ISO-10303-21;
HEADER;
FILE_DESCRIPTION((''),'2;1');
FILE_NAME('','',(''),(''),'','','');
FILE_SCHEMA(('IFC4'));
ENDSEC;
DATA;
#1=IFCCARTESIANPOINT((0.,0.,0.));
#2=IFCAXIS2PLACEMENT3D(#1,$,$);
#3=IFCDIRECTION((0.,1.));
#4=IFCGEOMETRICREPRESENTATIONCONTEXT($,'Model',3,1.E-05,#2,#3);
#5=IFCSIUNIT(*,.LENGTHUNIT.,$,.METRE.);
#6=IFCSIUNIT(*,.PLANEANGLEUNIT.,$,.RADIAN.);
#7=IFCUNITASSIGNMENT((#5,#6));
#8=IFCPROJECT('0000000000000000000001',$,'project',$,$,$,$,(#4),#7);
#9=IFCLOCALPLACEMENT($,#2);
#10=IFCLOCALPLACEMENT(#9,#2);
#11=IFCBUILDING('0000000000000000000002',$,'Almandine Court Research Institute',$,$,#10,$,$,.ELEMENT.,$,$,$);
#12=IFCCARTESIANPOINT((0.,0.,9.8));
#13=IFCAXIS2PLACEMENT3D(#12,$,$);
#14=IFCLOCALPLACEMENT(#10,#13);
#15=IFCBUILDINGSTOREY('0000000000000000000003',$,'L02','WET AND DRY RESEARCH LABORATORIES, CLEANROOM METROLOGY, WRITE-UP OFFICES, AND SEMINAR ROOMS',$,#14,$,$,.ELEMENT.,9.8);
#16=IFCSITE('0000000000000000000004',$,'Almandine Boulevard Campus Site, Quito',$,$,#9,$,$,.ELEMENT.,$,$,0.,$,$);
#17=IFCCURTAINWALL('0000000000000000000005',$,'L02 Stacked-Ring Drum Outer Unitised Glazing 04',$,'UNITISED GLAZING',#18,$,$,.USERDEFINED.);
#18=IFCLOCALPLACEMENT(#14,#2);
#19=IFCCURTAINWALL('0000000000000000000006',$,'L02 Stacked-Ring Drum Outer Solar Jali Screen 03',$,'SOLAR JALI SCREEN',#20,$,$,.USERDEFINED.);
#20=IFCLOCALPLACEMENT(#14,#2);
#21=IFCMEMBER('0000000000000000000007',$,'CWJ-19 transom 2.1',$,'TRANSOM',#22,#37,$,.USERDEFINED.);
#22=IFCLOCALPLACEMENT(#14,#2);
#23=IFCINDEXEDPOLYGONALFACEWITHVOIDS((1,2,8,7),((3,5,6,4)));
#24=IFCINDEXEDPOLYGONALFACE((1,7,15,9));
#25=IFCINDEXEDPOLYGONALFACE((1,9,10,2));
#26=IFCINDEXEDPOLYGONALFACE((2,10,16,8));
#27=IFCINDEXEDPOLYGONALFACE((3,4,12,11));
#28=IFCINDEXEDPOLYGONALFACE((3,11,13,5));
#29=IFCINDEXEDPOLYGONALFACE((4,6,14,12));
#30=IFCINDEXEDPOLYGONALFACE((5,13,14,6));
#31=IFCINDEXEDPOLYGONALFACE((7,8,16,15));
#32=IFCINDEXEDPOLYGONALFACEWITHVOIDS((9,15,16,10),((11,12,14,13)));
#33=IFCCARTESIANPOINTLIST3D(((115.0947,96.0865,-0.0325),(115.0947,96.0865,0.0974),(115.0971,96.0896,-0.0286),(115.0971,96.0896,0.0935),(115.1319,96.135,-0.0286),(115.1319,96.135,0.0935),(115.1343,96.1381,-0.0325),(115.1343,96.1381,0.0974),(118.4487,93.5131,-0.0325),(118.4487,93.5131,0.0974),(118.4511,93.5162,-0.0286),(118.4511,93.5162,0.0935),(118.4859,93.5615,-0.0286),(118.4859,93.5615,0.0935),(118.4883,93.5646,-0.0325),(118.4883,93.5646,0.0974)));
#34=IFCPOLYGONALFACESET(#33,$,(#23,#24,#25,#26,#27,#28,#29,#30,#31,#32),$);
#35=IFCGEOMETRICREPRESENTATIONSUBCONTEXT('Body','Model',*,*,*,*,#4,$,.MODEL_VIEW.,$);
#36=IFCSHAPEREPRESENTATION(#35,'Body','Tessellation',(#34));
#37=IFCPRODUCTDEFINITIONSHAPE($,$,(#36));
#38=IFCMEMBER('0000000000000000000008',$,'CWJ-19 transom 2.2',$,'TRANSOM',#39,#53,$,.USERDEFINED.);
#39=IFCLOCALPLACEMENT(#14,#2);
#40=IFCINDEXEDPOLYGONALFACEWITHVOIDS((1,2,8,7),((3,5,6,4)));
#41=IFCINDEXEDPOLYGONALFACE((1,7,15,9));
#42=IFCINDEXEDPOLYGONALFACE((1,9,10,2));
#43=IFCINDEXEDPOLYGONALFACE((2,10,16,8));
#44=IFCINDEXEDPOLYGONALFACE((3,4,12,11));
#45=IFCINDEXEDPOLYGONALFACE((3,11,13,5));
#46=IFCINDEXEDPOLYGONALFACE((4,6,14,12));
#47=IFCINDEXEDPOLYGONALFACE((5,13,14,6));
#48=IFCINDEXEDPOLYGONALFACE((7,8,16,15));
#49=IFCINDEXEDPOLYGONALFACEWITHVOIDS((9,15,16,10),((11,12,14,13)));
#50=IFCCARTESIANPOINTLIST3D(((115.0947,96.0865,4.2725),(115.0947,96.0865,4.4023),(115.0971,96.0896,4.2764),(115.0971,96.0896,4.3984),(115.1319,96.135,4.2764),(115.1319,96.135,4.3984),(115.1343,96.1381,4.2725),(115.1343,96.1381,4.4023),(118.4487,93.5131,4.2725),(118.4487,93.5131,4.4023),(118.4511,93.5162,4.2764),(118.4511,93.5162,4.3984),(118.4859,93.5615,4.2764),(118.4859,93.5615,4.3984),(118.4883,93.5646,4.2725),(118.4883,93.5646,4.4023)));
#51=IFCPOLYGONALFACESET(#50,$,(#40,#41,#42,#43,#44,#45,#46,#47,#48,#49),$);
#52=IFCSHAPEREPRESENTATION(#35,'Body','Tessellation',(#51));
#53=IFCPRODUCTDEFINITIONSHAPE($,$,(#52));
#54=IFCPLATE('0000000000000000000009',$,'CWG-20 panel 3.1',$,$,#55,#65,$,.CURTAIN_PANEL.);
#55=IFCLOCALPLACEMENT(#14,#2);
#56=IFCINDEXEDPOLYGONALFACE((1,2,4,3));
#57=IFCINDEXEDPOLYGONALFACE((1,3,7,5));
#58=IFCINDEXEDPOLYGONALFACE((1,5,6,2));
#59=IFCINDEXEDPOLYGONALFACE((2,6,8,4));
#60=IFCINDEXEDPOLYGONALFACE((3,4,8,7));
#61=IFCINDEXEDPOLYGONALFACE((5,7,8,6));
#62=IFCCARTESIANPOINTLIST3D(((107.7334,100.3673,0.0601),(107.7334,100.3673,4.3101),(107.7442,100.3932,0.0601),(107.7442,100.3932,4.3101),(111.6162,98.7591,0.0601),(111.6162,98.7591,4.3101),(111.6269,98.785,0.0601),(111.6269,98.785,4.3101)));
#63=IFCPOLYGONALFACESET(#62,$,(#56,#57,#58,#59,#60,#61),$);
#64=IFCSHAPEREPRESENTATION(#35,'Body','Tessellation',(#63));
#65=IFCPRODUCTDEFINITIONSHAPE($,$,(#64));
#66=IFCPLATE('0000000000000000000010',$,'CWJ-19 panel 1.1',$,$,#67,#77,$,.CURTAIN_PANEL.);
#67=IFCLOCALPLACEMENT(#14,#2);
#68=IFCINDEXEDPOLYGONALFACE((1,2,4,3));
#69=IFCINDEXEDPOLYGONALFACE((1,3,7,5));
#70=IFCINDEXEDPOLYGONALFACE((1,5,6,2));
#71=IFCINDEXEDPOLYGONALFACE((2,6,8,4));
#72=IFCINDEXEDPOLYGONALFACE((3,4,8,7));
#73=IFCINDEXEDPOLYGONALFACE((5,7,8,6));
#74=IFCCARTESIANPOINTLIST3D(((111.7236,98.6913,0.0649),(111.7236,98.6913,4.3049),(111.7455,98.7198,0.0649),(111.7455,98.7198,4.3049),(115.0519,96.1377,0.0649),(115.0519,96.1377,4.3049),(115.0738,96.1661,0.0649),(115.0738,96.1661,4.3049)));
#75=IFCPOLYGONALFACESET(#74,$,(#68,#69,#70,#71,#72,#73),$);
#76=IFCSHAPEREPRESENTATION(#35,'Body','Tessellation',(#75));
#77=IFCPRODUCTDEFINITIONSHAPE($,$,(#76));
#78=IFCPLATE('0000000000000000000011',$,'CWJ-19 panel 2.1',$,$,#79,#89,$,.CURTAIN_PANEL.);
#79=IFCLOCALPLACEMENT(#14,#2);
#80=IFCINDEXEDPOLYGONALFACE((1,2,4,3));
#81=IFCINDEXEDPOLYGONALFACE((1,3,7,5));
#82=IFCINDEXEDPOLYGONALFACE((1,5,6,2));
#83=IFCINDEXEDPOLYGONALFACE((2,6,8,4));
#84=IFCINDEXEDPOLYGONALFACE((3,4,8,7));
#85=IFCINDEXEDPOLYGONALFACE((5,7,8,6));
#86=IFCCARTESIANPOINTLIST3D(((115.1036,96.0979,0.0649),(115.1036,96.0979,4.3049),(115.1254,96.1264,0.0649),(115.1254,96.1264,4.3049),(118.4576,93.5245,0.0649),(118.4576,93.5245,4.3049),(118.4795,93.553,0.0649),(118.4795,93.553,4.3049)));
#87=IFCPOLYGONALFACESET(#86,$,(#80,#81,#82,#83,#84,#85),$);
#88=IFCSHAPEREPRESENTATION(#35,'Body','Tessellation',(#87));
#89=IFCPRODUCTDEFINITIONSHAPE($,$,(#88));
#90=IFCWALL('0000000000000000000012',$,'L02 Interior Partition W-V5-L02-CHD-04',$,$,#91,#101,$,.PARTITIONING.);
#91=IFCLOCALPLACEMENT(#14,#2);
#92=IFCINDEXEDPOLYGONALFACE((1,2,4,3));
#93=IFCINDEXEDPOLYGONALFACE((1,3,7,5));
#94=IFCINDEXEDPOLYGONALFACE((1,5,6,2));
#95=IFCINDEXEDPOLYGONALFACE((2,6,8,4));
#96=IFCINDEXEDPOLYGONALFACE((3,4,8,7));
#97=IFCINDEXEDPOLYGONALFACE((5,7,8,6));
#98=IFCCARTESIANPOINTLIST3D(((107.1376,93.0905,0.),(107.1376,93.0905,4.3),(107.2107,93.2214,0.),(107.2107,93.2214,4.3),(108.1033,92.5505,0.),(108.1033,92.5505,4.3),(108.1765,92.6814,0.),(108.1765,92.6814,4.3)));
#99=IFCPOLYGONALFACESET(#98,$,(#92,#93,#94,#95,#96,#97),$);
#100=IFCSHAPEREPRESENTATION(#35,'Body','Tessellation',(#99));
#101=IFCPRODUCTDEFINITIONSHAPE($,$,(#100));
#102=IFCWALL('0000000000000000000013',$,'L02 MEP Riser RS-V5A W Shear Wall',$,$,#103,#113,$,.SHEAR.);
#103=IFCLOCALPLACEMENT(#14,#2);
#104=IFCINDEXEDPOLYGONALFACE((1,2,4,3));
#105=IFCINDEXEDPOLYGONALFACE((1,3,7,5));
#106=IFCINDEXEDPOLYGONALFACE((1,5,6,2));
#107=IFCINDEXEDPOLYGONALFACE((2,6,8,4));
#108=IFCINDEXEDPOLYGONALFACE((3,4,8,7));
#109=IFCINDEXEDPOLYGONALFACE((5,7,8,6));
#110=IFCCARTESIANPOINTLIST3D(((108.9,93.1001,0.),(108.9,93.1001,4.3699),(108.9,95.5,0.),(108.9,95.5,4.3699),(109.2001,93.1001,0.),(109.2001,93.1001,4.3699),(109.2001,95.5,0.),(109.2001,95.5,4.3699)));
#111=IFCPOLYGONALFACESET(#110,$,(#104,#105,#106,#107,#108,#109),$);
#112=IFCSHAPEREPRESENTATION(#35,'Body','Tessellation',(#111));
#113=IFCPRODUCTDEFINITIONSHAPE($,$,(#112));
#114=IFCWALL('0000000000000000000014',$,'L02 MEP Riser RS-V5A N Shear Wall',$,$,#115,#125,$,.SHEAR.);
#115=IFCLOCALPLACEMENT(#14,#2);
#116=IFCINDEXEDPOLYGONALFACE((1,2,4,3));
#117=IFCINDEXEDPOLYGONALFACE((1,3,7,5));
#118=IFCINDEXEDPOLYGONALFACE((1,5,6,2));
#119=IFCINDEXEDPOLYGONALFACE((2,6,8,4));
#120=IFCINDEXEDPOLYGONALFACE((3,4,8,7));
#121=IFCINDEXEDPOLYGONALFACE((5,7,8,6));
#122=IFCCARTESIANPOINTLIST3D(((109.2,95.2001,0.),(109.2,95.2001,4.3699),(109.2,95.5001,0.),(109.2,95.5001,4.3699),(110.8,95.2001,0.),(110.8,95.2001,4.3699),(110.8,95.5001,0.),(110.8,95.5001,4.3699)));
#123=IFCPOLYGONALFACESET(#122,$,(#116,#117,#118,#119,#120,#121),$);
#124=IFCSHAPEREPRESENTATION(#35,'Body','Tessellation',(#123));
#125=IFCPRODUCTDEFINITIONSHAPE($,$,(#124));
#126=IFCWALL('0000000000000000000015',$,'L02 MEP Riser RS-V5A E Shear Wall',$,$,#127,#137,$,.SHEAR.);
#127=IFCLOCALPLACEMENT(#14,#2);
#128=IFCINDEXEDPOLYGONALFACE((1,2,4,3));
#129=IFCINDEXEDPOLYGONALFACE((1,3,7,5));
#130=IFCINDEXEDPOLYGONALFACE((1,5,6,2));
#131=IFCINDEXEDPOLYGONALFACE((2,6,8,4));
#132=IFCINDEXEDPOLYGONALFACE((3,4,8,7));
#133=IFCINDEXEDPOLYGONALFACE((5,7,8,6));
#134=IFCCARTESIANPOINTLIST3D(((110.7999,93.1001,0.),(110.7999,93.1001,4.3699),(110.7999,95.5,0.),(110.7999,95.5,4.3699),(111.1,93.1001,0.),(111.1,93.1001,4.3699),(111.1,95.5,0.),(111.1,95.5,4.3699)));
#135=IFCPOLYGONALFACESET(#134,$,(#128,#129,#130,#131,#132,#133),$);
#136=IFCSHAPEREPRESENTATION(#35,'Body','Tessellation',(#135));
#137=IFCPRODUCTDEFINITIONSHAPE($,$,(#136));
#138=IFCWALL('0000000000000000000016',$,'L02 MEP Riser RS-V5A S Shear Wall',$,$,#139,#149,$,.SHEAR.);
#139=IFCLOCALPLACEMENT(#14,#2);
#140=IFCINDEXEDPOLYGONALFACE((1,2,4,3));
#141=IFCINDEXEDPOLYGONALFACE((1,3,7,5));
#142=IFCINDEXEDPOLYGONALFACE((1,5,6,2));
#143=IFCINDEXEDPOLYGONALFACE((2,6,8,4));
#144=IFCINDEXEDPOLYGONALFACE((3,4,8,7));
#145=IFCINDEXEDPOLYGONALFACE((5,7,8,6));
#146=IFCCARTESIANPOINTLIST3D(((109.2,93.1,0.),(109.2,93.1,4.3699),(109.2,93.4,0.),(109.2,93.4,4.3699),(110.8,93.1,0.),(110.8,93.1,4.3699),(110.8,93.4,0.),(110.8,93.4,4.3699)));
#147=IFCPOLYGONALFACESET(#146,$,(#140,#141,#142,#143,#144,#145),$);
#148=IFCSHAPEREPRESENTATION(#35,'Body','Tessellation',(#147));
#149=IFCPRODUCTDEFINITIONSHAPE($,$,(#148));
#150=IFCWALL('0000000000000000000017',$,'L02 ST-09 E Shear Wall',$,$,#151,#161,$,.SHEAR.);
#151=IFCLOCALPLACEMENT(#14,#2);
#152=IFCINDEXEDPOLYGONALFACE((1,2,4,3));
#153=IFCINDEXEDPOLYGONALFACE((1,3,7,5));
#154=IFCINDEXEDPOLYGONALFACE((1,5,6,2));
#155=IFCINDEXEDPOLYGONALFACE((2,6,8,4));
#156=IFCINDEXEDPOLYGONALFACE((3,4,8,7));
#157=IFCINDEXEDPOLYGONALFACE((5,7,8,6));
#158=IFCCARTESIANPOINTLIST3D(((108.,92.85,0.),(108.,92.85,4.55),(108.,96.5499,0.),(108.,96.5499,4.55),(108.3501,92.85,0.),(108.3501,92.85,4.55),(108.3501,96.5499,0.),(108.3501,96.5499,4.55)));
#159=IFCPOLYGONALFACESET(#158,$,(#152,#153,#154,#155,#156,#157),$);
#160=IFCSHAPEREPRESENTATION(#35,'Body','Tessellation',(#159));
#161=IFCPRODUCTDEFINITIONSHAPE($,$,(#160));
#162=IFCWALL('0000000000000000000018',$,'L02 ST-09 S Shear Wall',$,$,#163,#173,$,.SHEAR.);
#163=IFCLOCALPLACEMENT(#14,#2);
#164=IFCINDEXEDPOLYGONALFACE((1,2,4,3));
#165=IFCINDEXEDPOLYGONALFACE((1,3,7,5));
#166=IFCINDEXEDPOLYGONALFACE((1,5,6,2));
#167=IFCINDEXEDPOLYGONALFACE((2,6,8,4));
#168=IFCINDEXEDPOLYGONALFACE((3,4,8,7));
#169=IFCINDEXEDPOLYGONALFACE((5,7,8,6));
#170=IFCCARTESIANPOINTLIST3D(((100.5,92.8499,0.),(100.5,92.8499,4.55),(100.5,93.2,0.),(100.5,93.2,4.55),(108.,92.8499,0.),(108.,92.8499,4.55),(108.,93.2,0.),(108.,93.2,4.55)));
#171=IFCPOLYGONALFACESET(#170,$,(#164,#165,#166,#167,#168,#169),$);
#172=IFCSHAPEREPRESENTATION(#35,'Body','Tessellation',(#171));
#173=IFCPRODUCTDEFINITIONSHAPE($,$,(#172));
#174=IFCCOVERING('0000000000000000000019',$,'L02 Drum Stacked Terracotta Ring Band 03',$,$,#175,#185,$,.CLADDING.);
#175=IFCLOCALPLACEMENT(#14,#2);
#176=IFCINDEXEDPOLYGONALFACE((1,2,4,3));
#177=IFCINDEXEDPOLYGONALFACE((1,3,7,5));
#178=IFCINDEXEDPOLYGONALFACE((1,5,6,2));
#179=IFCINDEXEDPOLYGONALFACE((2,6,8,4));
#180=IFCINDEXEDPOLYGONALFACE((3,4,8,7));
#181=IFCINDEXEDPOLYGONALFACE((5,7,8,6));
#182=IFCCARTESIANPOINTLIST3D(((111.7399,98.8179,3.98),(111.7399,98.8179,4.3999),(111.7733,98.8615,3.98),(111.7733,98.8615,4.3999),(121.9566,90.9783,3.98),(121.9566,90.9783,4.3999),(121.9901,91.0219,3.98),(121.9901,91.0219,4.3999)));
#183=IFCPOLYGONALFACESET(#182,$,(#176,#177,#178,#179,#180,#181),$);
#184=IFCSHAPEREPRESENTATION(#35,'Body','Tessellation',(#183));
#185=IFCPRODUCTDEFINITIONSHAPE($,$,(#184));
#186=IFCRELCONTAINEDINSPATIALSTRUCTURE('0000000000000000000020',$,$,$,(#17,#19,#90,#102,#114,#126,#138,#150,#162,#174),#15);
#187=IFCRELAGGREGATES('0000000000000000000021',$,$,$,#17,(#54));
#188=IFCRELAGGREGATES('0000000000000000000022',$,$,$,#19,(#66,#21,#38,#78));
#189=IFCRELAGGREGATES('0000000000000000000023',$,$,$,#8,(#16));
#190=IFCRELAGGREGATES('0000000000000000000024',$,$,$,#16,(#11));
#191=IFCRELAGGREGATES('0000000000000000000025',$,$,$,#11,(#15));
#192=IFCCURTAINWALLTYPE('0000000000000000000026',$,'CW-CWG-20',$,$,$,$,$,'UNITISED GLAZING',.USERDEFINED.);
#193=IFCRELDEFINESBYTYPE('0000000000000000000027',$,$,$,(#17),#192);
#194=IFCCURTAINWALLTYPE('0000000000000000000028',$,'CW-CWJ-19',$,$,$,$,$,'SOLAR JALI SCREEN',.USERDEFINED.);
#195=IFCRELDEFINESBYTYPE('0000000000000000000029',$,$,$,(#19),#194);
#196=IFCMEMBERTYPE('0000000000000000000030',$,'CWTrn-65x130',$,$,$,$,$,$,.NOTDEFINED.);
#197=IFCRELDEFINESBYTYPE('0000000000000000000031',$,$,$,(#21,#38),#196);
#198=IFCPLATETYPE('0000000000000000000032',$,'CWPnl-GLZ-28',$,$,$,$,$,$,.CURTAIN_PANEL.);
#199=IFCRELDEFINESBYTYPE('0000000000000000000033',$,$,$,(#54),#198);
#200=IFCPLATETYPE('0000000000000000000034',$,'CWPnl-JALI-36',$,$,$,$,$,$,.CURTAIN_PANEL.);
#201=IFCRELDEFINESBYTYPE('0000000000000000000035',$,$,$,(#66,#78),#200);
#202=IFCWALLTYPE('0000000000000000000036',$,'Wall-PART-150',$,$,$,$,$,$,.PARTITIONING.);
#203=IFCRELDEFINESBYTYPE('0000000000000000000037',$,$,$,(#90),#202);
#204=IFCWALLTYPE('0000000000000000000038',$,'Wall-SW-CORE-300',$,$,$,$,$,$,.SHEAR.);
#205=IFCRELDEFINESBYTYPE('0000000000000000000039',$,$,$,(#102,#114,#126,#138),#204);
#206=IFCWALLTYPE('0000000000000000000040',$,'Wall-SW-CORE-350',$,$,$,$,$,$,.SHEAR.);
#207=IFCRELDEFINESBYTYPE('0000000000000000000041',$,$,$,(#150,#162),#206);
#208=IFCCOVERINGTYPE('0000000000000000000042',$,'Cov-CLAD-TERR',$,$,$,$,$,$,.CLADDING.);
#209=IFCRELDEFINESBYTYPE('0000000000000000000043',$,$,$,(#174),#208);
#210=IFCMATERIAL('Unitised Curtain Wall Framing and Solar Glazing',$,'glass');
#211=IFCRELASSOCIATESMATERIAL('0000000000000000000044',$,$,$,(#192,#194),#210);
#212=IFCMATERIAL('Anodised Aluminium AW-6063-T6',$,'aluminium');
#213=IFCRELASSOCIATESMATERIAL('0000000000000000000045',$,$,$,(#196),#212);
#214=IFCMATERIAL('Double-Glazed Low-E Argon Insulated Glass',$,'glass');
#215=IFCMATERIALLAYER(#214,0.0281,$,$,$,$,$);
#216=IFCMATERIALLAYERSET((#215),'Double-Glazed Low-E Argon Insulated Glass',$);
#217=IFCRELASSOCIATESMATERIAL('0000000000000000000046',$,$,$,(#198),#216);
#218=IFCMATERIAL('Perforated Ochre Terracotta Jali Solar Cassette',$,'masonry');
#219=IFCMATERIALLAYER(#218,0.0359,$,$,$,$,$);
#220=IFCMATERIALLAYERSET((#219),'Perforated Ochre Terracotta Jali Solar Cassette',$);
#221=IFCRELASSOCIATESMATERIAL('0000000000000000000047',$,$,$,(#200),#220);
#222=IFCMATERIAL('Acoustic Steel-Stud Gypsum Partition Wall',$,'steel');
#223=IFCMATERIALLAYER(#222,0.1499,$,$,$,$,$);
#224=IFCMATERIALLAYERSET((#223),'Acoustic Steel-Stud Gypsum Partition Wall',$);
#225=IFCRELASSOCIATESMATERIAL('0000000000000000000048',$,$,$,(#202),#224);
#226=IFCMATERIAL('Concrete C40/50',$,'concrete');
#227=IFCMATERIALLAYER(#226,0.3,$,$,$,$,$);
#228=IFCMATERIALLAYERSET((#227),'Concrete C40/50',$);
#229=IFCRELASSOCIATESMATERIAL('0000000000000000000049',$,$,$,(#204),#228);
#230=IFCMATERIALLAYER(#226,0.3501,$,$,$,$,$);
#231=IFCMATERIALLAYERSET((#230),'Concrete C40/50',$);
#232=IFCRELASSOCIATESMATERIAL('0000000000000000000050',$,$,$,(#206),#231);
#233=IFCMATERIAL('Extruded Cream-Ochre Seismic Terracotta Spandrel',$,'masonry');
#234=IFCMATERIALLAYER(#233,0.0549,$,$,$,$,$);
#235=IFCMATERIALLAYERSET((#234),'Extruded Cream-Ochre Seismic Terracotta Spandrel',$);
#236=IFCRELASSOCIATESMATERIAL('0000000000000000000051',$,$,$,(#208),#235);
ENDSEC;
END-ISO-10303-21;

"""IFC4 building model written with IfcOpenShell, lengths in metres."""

from ifc_helpers import new_model, si_unit, direction, frame, frame_2d, origin, origin_2d, place, context, subcontext, project, spatial, rectangle, hollow_rectangle, extrude, material, layer, layer_set, material_profile, profile_set, type_object, element, aggregate, save


model = new_model("IFC4")

# Units and contexts
model_context = context("Model", 3, precision=1e-05, world=origin(), true_north=direction((0.0, 1.0)))
body_context = subcontext(model_context, "Body", "Model", "MODEL_VIEW")
ifc_project = project(units=[si_unit("LENGTHUNIT", "METRE"), si_unit("PLANEANGLEUNIT", "RADIAN")], contexts=[model_context])

# Site, building, storey
site_placement = place(None, origin())
site = spatial("IfcSite", under=ifc_project, at=site_placement, Name="Almandine Boulevard Campus Site, Quito", CompositionType="ELEMENT", RefElevation=0.0)
building_placement = place(site_placement, origin())
building = spatial("IfcBuilding", under=site, at=building_placement, Name="Almandine Court Research Institute", CompositionType="ELEMENT")
storey_placement = place(building_placement, frame((0.0, 0.0, 9.8)))
storey = spatial("IfcBuildingStorey", under=building, at=storey_placement, Name="L02", Description="WET AND DRY RESEARCH LABORATORIES, CLEANROOM METROLOGY, WRITE-UP OFFICES, AND SEMINAR ROOMS", CompositionType="ELEMENT", Elevation=9.8)

# Curtain wall
ifc_material_1 = material(Name="Unitised Curtain Wall Framing and Solar Glazing", Category="glass")
curtain_wall_type_1 = type_object("IfcCurtainWallType", Name="CW-CWG-20", ElementType="UNITISED GLAZING", PredefinedType="USERDEFINED", material=ifc_material_1)
curtain_wall_1_placement = place(storey_placement, origin())
curtain_wall_1 = element("IfcCurtainWall", 1, at=curtain_wall_1_placement, inside=storey, type_object=curtain_wall_type_1, Name="L02 Stacked-Ring Drum Outer Unitised Glazing 04", ObjectType="UNITISED GLAZING", PredefinedType="USERDEFINED")
ifc_material_2 = material(Name="Anodised Aluminium AW-6063-T6", Category="aluminium")

# Curtain wall
curtain_wall_type_2 = type_object("IfcCurtainWallType", Name="CW-CWJ-19", ElementType="SOLAR JALI SCREEN", PredefinedType="USERDEFINED", material=ifc_material_1)
curtain_wall_2_placement = place(storey_placement, origin())
curtain_wall_2 = element("IfcCurtainWall", 2, at=curtain_wall_2_placement, inside=storey, type_object=curtain_wall_type_2, Name="L02 Stacked-Ring Drum Outer Solar Jali Screen 03", ObjectType="SOLAR JALI SCREEN", PredefinedType="USERDEFINED")

# Members
ifc_material_profile_1 = material_profile(ifc_material_2, hollow_rectangle(XDim=0.0649, YDim=0.1299, WallThickness=0.0039, at=origin_2d()), Name="ALU RHS 65x130x4")
ifc_profile_set_1 = profile_set([ifc_material_profile_1], Name="Anodised Aluminium AW-6063-T6")
member_type_1 = type_object("IfcMemberType", Name="CWTrn-65x130", PredefinedType="NOTDEFINED", material=ifc_profile_set_1)
member_1_placement = place(storey_placement, frame((115.1145, 96.1123, 0.0325), z_axis=(0.793368, -0.608742, 0.0), x_axis=(0.608742, 0.793368, 0.0)))
member_1 = element("IfcMember", 3, at=member_1_placement, type_object=member_type_1, Name="CWJ-19 transom 2.1", ObjectType="TRANSOM", PredefinedType="USERDEFINED", context=body_context, shape_type="SweptSolid", body=[
    extrude(hollow_rectangle(XDim=0.0649, YDim=0.1299, WallThickness=0.0039, at=origin_2d()), origin(), (0.0, 0.0, 1.0), 4.2275),
])
member_2_placement = place(storey_placement, frame((115.1145, 96.1123, 4.3374), z_axis=(0.793368, -0.608742, 0.0), x_axis=(0.608742, 0.793368, 0.0)))
member_2 = element("IfcMember", 4, at=member_2_placement, type_object=member_type_1, Name="CWJ-19 transom 2.2", ObjectType="TRANSOM", PredefinedType="USERDEFINED", context=body_context, shape_type="SweptSolid", body=[
    extrude(hollow_rectangle(XDim=0.0649, YDim=0.1299, WallThickness=0.0039, at=origin_2d()), origin(), (0.0, 0.0, 1.0), 4.2275),
])

# Plates
ifc_material_3 = material(Name="Double-Glazed Low-E Argon Insulated Glass", Category="glass")
ifc_layer_1 = layer(ifc_material_3, 0.0281)
ifc_layer_set_1 = layer_set([ifc_layer_1], Name="Double-Glazed Low-E Argon Insulated Glass")
plate_type_1 = type_object("IfcPlateType", Name="CWPnl-GLZ-28", PredefinedType="CURTAIN_PANEL", material=ifc_layer_set_1)
plate_1_placement = place(storey_placement, frame((109.6802, 99.5762, 0.0601), z_axis=(0.0, 0.0, 1.0), x_axis=(0.923888, -0.382663, 0.0)))
plate_1 = element("IfcPlate", 5, at=plate_1_placement, type_object=plate_type_1, Name="CWG-20 panel 3.1", PredefinedType="CURTAIN_PANEL", context=body_context, shape_type="SweptSolid", body=[
    extrude(rectangle(XDim=4.2026, YDim=0.0281, at=origin_2d()), origin(), (0.0, 0.0, 1.0), 4.25),
])
aggregate(curtain_wall_1, [plate_1])
ifc_material_4 = material(Name="Perforated Ochre Terracotta Jali Solar Cassette", Category="masonry")
ifc_layer_2 = layer(ifc_material_4, 0.0359)
ifc_layer_set_2 = layer_set([ifc_layer_2], Name="Perforated Ochre Terracotta Jali Solar Cassette")
plate_type_2 = type_object("IfcPlateType", Name="CWPnl-JALI-36", PredefinedType="CURTAIN_PANEL", material=ifc_layer_set_2)
plate_2_placement = place(storey_placement, frame((113.3987, 97.4287, 0.0649), z_axis=(0.0, 0.0, 1.0), x_axis=(0.793383, -0.608723, 0.0)))
plate_2 = element("IfcPlate", 6, at=plate_2_placement, type_object=plate_type_2, Name="CWJ-19 panel 1.1", PredefinedType="CURTAIN_PANEL", context=body_context, shape_type="SweptSolid", body=[
    extrude(rectangle(XDim=4.1951, YDim=0.0359, at=origin_2d()), origin(), (0.0, 0.0, 1.0), 4.24),
])
plate_3_placement = place(storey_placement, frame((116.7915, 94.8254, 0.0649), z_axis=(0.0, 0.0, 1.0), x_axis=(0.793383, -0.608723, 0.0)))
plate_3 = element("IfcPlate", 7, at=plate_3_placement, type_object=plate_type_2, Name="CWJ-19 panel 2.1", PredefinedType="CURTAIN_PANEL", context=body_context, shape_type="SweptSolid", body=[
    extrude(rectangle(XDim=4.2275, YDim=0.0359, at=origin_2d()), origin(), (0.0, 0.0, 1.0), 4.24),
])
aggregate(curtain_wall_2, [plate_2, member_1, member_2, plate_3])

# Walls
ifc_material_5 = material(Name="Acoustic Steel-Stud Gypsum Partition Wall", Category="steel")
ifc_layer_3 = layer(ifc_material_5, 0.1499)
ifc_layer_set_3 = layer_set([ifc_layer_3], Name="Acoustic Steel-Stud Gypsum Partition Wall")
wall_type_1 = type_object("IfcWallType", Name="Wall-PART-150", PredefinedType="PARTITIONING", material=ifc_layer_set_3)
wall_1_placement = place(storey_placement, frame((108.1399, 92.616, 0.0), z_axis=(0.0, 0.0, 1.0), x_axis=(-0.872822, 0.488039, 0.0)))
element("IfcWall", 8, at=wall_1_placement, inside=storey, type_object=wall_type_1, Name="L02 Interior Partition W-V5-L02-CHD-04", PredefinedType="PARTITIONING", context=body_context, shape_type="SweptSolid", body=[
    extrude(rectangle(XDim=1.1064, YDim=0.1499, at=frame_2d((0.5532, 0.0))), origin(), (0.0, 0.0, 1.0), 4.3),
])
ifc_material_6 = material(Name="Concrete C40/50", Category="concrete")
ifc_layer_4 = layer(ifc_material_6, 0.3)
ifc_layer_set_4 = layer_set([ifc_layer_4], Name="Concrete C40/50")
wall_type_2 = type_object("IfcWallType", Name="Wall-SW-CORE-300", PredefinedType="SHEAR", material=ifc_layer_set_4)
wall_2_placement = place(storey_placement, frame((109.05, 93.1001, 0.0), z_axis=(0.0, 0.0, 1.0), x_axis=(0.0, 1.0, 0.0)))
element("IfcWall", 9, at=wall_2_placement, inside=storey, type_object=wall_type_2, Name="L02 MEP Riser RS-V5A W Shear Wall", PredefinedType="SHEAR", context=body_context, shape_type="SweptSolid", body=[
    extrude(rectangle(XDim=2.3999, YDim=0.3, at=frame_2d((1.2, 0.0))), origin(), (0.0, 0.0, 1.0), 4.3699),
])
wall_3_placement = place(storey_placement, frame((109.2, 95.3501, 0.0), z_axis=(0.0, 0.0, 1.0), x_axis=(1.0, 0.0, 0.0)))
element("IfcWall", 10, at=wall_3_placement, inside=storey, type_object=wall_type_2, Name="L02 MEP Riser RS-V5A N Shear Wall", PredefinedType="SHEAR", context=body_context, shape_type="SweptSolid", body=[
    extrude(rectangle(XDim=1.6001, YDim=0.3, at=frame_2d((0.8, 0.0))), origin(), (0.0, 0.0, 1.0), 4.3699),
])
wall_4_placement = place(storey_placement, frame((110.95, 95.5, 0.0), z_axis=(0.0, 0.0, 1.0), x_axis=(0.0, -1.0, 0.0)))
element("IfcWall", 11, at=wall_4_placement, inside=storey, type_object=wall_type_2, Name="L02 MEP Riser RS-V5A E Shear Wall", PredefinedType="SHEAR", context=body_context, shape_type="SweptSolid", body=[
    extrude(rectangle(XDim=2.3999, YDim=0.3, at=frame_2d((1.2, 0.0))), origin(), (0.0, 0.0, 1.0), 4.3699),
])
wall_5_placement = place(storey_placement, frame((110.8, 93.25, 0.0), z_axis=(0.0, 0.0, 1.0), x_axis=(-1.0, 0.0, 0.0)))
element("IfcWall", 12, at=wall_5_placement, inside=storey, type_object=wall_type_2, Name="L02 MEP Riser RS-V5A S Shear Wall", PredefinedType="SHEAR", context=body_context, shape_type="SweptSolid", body=[
    extrude(rectangle(XDim=1.6001, YDim=0.3, at=frame_2d((0.8, 0.0))), origin(), (0.0, 0.0, 1.0), 4.3699),
])
ifc_layer_5 = layer(ifc_material_6, 0.3501)
ifc_layer_set_5 = layer_set([ifc_layer_5], Name="Concrete C40/50")
wall_type_3 = type_object("IfcWallType", Name="Wall-SW-CORE-350", PredefinedType="SHEAR", material=ifc_layer_set_5)
wall_6_placement = place(storey_placement, frame((108.175, 96.55, 0.0), z_axis=(0.0, 0.0, 1.0), x_axis=(0.0, -1.0, 0.0)))
element("IfcWall", 13, at=wall_6_placement, inside=storey, type_object=wall_type_3, Name="L02 ST-09 E Shear Wall", PredefinedType="SHEAR", context=body_context, shape_type="SweptSolid", body=[
    extrude(rectangle(XDim=3.7, YDim=0.3501, at=frame_2d((1.8501, 0.0))), origin(), (0.0, 0.0, 1.0), 4.55),
])
wall_7_placement = place(storey_placement, frame((108.0, 93.0249, 0.0), z_axis=(0.0, 0.0, 1.0), x_axis=(-1.0, 0.0, 0.0)))
element("IfcWall", 14, at=wall_7_placement, inside=storey, type_object=wall_type_3, Name="L02 ST-09 S Shear Wall", PredefinedType="SHEAR", context=body_context, shape_type="SweptSolid", body=[
    extrude(rectangle(XDim=7.5, YDim=0.3501, at=frame_2d((3.75, 0.0))), origin(), (0.0, 0.0, 1.0), 4.55),
])

# Covering
ifc_material_7 = material(Name="Extruded Cream-Ochre Seismic Terracotta Spandrel", Category="masonry")
ifc_layer_6 = layer(ifc_material_7, 0.0549)
ifc_layer_set_6 = layer_set([ifc_layer_6], Name="Extruded Cream-Ochre Seismic Terracotta Spandrel")
covering_type = type_object("IfcCoveringType", Name="Cov-CLAD-TERR", PredefinedType="CLADDING", material=ifc_layer_set_6)
covering_placement = place(storey_placement, frame((116.865, 94.9199, 3.98), z_axis=(0.0, 0.0, 1.0), x_axis=(0.793353, -0.608761, 0.0)))
element("IfcCovering", 15, at=covering_placement, inside=storey, type_object=covering_type, Name="L02 Drum Stacked Terracotta Ring Band 03", PredefinedType="CLADDING", context=body_context, shape_type="SweptSolid", body=[
    extrude(rectangle(XDim=12.8779, YDim=0.0549, at=origin_2d()), origin(), (0.0, 0.0, 1.0), 0.4199),
])

save(model, "model.ifc")
